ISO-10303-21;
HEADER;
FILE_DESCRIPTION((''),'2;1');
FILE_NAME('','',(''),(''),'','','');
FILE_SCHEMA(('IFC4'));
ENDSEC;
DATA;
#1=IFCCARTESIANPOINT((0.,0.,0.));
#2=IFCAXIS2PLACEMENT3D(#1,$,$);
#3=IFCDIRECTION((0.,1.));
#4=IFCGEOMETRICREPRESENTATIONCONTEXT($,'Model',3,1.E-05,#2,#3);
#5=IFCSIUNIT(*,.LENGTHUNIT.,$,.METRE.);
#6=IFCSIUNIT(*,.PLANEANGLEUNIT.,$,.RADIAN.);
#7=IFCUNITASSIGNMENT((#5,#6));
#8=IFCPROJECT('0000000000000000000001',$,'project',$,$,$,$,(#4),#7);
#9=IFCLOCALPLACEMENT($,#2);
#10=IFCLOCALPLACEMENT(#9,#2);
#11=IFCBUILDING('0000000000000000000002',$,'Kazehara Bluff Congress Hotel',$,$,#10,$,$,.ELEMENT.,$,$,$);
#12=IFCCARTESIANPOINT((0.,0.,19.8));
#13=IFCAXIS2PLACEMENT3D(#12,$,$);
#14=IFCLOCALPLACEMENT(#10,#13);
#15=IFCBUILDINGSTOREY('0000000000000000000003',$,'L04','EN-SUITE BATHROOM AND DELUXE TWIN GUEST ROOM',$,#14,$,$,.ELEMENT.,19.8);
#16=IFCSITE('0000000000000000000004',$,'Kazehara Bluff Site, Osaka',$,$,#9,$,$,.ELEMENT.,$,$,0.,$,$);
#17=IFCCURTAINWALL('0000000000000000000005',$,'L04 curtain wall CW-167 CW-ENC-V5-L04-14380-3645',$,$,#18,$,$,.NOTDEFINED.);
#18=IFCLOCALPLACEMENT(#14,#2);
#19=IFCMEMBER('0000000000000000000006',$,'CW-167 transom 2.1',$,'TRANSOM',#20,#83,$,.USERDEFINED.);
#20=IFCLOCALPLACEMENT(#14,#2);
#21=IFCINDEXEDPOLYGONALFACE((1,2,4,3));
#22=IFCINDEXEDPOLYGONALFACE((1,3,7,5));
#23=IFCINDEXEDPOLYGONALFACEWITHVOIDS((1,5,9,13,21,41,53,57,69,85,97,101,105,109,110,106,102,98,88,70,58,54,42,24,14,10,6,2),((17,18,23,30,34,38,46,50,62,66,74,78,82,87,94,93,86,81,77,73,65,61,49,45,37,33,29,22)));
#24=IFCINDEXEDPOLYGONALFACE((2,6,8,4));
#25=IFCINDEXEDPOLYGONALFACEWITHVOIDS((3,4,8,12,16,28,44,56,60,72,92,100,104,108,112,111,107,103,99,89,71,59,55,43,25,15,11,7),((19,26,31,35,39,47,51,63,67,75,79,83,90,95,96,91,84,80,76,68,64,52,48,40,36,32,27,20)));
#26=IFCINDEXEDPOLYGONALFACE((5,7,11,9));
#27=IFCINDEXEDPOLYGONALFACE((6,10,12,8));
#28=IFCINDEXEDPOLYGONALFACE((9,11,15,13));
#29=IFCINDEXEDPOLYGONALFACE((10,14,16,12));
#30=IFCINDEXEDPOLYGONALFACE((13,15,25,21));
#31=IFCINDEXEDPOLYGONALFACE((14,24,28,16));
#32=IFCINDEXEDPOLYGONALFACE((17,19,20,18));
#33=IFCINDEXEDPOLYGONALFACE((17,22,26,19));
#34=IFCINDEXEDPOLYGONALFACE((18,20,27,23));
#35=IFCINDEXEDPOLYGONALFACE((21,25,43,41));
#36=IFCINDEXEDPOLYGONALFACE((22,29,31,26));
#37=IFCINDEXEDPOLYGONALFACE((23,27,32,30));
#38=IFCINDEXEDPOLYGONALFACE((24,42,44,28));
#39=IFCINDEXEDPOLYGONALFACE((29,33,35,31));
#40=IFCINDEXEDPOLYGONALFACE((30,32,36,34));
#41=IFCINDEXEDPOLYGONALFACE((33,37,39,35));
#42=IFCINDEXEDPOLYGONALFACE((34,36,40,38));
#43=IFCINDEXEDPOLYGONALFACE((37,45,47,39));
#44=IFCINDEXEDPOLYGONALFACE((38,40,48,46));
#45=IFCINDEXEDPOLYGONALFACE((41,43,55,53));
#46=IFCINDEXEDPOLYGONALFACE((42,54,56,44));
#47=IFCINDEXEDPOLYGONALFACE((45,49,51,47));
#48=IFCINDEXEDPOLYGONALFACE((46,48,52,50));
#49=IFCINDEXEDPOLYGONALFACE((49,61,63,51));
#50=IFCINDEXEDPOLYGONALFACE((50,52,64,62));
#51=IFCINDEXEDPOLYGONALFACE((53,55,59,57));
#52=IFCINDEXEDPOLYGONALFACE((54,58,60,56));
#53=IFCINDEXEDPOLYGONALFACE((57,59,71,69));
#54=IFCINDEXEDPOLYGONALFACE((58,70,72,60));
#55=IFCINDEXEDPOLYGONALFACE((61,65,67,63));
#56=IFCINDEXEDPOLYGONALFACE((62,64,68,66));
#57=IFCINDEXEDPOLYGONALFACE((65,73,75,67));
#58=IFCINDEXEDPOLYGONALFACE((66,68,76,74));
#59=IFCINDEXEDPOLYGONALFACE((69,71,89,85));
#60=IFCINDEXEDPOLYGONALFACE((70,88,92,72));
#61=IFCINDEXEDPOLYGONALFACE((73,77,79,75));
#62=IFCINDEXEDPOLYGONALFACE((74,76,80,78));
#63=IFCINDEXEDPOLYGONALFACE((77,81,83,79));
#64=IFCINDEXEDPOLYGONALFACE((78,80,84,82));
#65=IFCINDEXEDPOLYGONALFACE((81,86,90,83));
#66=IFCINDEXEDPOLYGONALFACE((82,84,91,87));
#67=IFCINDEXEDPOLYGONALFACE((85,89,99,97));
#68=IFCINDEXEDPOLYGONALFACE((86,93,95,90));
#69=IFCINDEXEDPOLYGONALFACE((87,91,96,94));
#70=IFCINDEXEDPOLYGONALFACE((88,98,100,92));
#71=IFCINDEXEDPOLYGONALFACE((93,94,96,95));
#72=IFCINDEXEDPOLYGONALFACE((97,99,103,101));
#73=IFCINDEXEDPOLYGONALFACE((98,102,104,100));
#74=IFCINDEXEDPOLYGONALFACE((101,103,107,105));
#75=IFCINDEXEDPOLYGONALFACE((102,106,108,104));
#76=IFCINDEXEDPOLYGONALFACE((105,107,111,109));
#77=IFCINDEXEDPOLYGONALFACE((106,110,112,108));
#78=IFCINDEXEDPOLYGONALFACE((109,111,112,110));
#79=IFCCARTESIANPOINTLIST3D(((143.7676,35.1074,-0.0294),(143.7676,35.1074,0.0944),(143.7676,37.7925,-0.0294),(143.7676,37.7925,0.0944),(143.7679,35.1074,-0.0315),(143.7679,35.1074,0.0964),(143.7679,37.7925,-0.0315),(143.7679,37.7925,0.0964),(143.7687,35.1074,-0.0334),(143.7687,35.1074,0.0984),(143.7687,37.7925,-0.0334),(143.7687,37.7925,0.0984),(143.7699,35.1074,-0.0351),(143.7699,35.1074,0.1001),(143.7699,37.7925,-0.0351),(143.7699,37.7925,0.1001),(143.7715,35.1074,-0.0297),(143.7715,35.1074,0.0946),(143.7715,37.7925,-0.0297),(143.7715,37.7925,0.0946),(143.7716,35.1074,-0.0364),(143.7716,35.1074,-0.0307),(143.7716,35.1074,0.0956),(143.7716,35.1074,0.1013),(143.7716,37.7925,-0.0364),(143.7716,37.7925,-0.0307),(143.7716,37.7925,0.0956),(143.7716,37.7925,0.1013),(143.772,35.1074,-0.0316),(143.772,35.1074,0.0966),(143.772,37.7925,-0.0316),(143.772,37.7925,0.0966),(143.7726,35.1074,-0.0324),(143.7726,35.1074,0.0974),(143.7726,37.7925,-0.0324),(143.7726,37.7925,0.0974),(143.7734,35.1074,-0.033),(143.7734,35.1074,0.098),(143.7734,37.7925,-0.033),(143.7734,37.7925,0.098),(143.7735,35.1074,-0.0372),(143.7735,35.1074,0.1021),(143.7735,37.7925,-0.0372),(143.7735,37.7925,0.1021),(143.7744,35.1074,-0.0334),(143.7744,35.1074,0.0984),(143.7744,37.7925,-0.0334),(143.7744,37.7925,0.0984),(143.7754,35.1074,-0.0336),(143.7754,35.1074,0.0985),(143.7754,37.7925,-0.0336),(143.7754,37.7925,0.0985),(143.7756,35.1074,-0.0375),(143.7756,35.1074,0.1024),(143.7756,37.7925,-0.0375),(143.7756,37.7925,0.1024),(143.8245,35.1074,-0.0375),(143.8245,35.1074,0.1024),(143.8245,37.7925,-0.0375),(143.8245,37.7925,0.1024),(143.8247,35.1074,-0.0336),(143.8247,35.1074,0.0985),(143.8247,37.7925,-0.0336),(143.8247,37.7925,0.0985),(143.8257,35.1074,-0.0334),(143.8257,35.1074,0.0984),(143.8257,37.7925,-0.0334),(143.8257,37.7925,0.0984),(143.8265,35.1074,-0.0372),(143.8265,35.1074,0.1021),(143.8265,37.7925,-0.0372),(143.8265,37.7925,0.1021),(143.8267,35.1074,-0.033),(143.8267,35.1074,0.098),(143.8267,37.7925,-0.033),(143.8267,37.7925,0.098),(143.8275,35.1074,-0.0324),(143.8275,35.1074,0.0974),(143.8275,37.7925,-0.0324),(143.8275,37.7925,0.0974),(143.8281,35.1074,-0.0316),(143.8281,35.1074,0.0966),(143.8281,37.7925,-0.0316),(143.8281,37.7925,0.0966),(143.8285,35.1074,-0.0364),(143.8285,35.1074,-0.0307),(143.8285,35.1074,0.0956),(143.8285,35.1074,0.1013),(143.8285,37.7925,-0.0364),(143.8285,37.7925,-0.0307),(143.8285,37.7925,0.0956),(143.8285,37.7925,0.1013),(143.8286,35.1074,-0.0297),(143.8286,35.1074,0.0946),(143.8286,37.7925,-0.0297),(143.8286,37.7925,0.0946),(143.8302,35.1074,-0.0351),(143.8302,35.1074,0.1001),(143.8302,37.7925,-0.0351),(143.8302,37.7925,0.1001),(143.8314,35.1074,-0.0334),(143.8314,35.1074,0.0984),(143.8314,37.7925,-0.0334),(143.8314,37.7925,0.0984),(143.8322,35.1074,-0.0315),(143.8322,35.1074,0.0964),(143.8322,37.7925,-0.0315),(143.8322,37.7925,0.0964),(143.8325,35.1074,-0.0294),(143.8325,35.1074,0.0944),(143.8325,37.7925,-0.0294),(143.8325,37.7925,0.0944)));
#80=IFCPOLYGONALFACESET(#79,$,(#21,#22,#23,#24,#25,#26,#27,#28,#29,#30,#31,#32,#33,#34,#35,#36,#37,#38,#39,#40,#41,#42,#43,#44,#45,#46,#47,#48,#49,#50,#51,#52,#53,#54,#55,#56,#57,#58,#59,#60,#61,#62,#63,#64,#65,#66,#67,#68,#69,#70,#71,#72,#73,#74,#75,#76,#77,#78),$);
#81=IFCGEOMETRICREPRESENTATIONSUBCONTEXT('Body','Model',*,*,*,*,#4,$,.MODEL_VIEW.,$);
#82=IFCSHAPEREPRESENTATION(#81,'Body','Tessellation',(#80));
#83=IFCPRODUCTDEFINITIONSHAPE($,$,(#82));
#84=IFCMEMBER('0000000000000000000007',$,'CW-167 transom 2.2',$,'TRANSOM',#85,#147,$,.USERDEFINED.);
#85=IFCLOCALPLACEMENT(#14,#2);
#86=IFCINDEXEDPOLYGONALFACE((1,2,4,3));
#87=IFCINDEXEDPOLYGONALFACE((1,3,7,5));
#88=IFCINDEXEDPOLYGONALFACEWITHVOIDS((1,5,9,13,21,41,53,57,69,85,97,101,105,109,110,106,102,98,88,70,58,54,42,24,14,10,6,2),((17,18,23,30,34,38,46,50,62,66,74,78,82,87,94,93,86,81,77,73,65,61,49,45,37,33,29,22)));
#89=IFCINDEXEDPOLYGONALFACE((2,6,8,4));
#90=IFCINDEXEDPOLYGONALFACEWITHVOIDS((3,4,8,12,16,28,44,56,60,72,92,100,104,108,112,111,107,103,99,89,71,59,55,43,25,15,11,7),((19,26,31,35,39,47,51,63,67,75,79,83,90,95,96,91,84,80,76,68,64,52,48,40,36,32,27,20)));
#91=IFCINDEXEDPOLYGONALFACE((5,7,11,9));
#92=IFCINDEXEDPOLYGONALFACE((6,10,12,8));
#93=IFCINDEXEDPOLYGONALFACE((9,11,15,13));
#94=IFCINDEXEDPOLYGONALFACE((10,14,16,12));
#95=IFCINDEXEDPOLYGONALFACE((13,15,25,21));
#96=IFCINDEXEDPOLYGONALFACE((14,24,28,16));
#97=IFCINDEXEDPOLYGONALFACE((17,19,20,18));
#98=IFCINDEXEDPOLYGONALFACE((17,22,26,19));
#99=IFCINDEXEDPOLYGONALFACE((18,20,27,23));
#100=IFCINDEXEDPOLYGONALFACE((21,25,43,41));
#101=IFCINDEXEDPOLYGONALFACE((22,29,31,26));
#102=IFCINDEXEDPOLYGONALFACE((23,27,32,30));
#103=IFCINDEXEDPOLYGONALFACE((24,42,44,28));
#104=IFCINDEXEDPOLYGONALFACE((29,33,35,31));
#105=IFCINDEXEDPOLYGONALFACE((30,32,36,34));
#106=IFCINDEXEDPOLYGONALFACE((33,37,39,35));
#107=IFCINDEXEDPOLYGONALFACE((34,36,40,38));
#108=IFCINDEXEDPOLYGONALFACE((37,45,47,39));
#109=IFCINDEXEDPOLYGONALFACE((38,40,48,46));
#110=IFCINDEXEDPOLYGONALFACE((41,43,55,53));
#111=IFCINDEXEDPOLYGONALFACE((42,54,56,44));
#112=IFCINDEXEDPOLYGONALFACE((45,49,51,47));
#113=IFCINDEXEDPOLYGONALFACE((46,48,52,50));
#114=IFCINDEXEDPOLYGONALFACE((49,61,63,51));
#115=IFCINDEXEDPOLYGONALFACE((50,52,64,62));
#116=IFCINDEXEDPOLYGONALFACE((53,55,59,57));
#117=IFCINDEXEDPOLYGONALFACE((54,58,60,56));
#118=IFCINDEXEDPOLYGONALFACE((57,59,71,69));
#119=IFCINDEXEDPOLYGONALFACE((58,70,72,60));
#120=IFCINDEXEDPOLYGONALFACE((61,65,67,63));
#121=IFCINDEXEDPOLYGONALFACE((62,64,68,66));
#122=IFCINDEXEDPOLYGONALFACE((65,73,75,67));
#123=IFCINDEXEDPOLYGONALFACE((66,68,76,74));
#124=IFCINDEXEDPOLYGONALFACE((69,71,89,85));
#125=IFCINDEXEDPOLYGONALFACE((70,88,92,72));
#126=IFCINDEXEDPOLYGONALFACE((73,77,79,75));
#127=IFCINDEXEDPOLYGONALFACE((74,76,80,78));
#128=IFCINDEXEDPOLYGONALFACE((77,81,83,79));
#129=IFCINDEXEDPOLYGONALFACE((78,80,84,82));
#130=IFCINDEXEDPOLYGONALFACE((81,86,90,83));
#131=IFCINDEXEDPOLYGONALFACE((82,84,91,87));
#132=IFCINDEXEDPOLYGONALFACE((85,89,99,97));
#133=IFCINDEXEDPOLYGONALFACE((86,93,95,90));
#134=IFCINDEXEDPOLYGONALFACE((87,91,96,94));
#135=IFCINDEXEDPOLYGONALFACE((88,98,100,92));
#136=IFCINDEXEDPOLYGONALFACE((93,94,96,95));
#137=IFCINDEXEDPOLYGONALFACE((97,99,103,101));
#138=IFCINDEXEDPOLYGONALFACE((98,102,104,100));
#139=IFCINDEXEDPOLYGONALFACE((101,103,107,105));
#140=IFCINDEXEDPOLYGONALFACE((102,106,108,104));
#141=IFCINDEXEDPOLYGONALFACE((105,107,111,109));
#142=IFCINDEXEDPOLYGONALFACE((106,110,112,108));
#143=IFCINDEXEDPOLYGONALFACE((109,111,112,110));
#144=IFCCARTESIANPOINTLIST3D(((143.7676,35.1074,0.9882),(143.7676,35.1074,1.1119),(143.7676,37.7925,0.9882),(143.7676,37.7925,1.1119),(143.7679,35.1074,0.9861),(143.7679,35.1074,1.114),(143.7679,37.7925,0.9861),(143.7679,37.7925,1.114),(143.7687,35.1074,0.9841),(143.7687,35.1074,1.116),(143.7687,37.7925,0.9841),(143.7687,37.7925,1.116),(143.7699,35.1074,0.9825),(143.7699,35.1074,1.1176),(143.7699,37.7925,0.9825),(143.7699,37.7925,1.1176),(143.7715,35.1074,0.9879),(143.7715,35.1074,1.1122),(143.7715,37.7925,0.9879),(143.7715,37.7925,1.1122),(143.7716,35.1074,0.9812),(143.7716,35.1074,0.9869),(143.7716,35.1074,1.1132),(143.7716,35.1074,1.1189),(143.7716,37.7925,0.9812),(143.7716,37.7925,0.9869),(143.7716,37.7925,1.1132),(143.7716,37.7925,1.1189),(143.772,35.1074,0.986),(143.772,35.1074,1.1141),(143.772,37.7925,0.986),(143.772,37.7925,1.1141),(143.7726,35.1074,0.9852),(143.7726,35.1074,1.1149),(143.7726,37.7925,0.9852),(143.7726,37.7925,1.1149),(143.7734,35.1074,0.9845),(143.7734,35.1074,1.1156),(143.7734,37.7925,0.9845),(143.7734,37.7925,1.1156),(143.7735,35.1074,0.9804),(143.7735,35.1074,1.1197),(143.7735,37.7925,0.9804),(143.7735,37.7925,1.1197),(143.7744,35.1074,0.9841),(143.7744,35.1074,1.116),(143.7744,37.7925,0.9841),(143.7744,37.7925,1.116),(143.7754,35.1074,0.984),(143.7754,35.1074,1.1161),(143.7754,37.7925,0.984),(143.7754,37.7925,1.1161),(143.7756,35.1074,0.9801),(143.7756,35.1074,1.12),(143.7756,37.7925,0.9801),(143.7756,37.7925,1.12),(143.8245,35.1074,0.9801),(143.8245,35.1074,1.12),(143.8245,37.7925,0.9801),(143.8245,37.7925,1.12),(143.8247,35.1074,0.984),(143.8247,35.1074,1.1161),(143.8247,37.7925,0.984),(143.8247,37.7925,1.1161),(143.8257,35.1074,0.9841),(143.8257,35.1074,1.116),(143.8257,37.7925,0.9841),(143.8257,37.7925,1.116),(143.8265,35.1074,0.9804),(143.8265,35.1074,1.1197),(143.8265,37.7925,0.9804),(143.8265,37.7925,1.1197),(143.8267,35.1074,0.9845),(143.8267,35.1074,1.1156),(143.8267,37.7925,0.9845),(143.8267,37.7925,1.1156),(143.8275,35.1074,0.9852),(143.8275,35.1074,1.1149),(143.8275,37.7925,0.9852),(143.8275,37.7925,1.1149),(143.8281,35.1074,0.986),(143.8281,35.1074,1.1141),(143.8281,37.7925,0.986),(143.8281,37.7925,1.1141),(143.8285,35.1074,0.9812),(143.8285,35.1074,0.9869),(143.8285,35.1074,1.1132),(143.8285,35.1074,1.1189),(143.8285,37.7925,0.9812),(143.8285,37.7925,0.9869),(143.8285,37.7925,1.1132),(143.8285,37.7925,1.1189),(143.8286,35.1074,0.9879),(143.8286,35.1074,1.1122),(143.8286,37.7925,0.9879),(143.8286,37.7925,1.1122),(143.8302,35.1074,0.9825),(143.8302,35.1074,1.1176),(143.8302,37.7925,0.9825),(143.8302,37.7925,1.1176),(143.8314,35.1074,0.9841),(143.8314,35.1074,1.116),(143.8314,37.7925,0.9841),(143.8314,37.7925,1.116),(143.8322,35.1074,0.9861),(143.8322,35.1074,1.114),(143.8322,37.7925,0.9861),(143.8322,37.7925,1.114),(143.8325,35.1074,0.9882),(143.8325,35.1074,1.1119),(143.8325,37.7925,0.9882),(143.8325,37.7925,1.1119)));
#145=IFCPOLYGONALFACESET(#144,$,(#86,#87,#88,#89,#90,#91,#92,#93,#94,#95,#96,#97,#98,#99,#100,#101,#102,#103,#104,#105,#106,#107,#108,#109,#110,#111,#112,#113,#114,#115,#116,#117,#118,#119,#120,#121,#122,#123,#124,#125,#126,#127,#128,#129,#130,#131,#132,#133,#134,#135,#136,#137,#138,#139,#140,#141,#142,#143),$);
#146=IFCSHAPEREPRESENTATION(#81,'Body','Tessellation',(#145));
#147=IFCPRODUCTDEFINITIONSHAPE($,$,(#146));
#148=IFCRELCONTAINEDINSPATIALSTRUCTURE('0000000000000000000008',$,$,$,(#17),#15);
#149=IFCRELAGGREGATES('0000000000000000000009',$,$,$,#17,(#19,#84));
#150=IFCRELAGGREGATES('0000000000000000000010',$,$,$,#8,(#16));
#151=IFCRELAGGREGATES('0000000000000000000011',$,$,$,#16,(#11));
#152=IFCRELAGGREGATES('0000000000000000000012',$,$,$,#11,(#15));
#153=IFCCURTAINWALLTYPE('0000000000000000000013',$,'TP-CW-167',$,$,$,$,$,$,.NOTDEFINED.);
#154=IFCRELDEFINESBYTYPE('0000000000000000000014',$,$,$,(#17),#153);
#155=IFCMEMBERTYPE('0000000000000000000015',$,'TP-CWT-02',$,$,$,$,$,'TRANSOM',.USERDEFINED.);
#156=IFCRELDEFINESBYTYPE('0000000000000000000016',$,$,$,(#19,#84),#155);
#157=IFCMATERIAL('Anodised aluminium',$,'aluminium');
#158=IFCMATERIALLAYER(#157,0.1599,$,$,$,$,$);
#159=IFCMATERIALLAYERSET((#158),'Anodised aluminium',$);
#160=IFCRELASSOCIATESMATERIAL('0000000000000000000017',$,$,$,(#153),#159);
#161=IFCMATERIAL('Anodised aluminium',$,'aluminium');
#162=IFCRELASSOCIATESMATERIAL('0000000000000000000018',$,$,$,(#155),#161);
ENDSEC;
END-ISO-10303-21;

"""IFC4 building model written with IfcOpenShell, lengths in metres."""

from ifc_helpers import new_model, si_unit, direction, frame, origin, origin_2d, place, context, subcontext, project, spatial, hollow_rectangle, extrude, material, layer, layer_set, material_profile, profile_set, type_object, element, aggregate, save


model = new_model("IFC4")

# Units and contexts
model_context = context("Model", 3, precision=1e-05, world=origin(), true_north=direction((0.0, 1.0)))
body_context = subcontext(model_context, "Body", "Model", "MODEL_VIEW")
ifc_project = project(units=[si_unit("LENGTHUNIT", "METRE"), si_unit("PLANEANGLEUNIT", "RADIAN")], contexts=[model_context])

# Site, building, storey
site_placement = place(None, origin())
site = spatial("IfcSite", under=ifc_project, at=site_placement, Name="Kazehara Bluff Site, Osaka", CompositionType="ELEMENT", RefElevation=0.0)
building_placement = place(site_placement, origin())
building = spatial("IfcBuilding", under=site, at=building_placement, Name="Kazehara Bluff Congress Hotel", CompositionType="ELEMENT")
storey_placement = place(building_placement, frame((0.0, 0.0, 19.8)))
storey = spatial("IfcBuildingStorey", under=building, at=storey_placement, Name="L04", Description="EN-SUITE BATHROOM AND DELUXE TWIN GUEST ROOM", CompositionType="ELEMENT", Elevation=19.8)

# Curtain wall
ifc_material_1 = material(Name="Anodised aluminium", Category="aluminium")
ifc_layer_1 = layer(ifc_material_1, 0.1599)
ifc_layer_set_1 = layer_set([ifc_layer_1], Name="Anodised aluminium")
curtain_wall_type_1 = type_object("IfcCurtainWallType", Name="TP-CW-167", PredefinedType="NOTDEFINED", material=ifc_layer_set_1)
curtain_wall_1_placement = place(storey_placement, origin())
curtain_wall_1 = element("IfcCurtainWall", 1, at=curtain_wall_1_placement, inside=storey, type_object=curtain_wall_type_1, Name="L04 curtain wall CW-167 CW-ENC-V5-L04-14380-3645", PredefinedType="NOTDEFINED")

# Members
ifc_material_2 = material(Name="Anodised aluminium", Category="aluminium")
ifc_material_profile_1 = material_profile(ifc_material_2, hollow_rectangle(XDim=0.0649, YDim=0.1399, WallThickness=0.0039, InnerFilletRadius=0.0039, OuterFilletRadius=0.0081, at=origin_2d()))
ifc_profile_set_1 = profile_set([ifc_material_profile_1], Name="Anodised aluminium")
member_type_1 = type_object("IfcMemberType", Name="TP-CWT-02", ElementType="TRANSOM", PredefinedType="USERDEFINED", material=ifc_profile_set_1)
member_1_placement = place(storey_placement, frame((143.8, 35.1074, 0.0325), z_axis=(0.0, 1.0, 0.0), x_axis=(-1.0, 0.0, 0.0)))
member_1 = element("IfcMember", 2, at=member_1_placement, type_object=member_type_1, Name="CW-167 transom 2.1", ObjectType="TRANSOM", PredefinedType="USERDEFINED", context=body_context, shape_type="SweptSolid", body=[
    extrude(hollow_rectangle(XDim=0.0649, YDim=0.1399, WallThickness=0.0039, InnerFilletRadius=0.0039, OuterFilletRadius=0.0081, at=origin_2d()), origin(), (0.0, 0.0, 1.0), 2.6851),
])
member_2_placement = place(storey_placement, frame((143.8, 35.1074, 1.05), z_axis=(0.0, 1.0, 0.0), x_axis=(-1.0, 0.0, 0.0)))
member_2 = element("IfcMember", 3, at=member_2_placement, type_object=member_type_1, Name="CW-167 transom 2.2", ObjectType="TRANSOM", PredefinedType="USERDEFINED", context=body_context, shape_type="SweptSolid", body=[
    extrude(hollow_rectangle(XDim=0.0649, YDim=0.1399, WallThickness=0.0039, InnerFilletRadius=0.0039, OuterFilletRadius=0.0081, at=origin_2d()), origin(), (0.0, 0.0, 1.0), 2.6851),
])

aggregate(curtain_wall_1, [member_1, member_2])

save(model, "model.ifc")
